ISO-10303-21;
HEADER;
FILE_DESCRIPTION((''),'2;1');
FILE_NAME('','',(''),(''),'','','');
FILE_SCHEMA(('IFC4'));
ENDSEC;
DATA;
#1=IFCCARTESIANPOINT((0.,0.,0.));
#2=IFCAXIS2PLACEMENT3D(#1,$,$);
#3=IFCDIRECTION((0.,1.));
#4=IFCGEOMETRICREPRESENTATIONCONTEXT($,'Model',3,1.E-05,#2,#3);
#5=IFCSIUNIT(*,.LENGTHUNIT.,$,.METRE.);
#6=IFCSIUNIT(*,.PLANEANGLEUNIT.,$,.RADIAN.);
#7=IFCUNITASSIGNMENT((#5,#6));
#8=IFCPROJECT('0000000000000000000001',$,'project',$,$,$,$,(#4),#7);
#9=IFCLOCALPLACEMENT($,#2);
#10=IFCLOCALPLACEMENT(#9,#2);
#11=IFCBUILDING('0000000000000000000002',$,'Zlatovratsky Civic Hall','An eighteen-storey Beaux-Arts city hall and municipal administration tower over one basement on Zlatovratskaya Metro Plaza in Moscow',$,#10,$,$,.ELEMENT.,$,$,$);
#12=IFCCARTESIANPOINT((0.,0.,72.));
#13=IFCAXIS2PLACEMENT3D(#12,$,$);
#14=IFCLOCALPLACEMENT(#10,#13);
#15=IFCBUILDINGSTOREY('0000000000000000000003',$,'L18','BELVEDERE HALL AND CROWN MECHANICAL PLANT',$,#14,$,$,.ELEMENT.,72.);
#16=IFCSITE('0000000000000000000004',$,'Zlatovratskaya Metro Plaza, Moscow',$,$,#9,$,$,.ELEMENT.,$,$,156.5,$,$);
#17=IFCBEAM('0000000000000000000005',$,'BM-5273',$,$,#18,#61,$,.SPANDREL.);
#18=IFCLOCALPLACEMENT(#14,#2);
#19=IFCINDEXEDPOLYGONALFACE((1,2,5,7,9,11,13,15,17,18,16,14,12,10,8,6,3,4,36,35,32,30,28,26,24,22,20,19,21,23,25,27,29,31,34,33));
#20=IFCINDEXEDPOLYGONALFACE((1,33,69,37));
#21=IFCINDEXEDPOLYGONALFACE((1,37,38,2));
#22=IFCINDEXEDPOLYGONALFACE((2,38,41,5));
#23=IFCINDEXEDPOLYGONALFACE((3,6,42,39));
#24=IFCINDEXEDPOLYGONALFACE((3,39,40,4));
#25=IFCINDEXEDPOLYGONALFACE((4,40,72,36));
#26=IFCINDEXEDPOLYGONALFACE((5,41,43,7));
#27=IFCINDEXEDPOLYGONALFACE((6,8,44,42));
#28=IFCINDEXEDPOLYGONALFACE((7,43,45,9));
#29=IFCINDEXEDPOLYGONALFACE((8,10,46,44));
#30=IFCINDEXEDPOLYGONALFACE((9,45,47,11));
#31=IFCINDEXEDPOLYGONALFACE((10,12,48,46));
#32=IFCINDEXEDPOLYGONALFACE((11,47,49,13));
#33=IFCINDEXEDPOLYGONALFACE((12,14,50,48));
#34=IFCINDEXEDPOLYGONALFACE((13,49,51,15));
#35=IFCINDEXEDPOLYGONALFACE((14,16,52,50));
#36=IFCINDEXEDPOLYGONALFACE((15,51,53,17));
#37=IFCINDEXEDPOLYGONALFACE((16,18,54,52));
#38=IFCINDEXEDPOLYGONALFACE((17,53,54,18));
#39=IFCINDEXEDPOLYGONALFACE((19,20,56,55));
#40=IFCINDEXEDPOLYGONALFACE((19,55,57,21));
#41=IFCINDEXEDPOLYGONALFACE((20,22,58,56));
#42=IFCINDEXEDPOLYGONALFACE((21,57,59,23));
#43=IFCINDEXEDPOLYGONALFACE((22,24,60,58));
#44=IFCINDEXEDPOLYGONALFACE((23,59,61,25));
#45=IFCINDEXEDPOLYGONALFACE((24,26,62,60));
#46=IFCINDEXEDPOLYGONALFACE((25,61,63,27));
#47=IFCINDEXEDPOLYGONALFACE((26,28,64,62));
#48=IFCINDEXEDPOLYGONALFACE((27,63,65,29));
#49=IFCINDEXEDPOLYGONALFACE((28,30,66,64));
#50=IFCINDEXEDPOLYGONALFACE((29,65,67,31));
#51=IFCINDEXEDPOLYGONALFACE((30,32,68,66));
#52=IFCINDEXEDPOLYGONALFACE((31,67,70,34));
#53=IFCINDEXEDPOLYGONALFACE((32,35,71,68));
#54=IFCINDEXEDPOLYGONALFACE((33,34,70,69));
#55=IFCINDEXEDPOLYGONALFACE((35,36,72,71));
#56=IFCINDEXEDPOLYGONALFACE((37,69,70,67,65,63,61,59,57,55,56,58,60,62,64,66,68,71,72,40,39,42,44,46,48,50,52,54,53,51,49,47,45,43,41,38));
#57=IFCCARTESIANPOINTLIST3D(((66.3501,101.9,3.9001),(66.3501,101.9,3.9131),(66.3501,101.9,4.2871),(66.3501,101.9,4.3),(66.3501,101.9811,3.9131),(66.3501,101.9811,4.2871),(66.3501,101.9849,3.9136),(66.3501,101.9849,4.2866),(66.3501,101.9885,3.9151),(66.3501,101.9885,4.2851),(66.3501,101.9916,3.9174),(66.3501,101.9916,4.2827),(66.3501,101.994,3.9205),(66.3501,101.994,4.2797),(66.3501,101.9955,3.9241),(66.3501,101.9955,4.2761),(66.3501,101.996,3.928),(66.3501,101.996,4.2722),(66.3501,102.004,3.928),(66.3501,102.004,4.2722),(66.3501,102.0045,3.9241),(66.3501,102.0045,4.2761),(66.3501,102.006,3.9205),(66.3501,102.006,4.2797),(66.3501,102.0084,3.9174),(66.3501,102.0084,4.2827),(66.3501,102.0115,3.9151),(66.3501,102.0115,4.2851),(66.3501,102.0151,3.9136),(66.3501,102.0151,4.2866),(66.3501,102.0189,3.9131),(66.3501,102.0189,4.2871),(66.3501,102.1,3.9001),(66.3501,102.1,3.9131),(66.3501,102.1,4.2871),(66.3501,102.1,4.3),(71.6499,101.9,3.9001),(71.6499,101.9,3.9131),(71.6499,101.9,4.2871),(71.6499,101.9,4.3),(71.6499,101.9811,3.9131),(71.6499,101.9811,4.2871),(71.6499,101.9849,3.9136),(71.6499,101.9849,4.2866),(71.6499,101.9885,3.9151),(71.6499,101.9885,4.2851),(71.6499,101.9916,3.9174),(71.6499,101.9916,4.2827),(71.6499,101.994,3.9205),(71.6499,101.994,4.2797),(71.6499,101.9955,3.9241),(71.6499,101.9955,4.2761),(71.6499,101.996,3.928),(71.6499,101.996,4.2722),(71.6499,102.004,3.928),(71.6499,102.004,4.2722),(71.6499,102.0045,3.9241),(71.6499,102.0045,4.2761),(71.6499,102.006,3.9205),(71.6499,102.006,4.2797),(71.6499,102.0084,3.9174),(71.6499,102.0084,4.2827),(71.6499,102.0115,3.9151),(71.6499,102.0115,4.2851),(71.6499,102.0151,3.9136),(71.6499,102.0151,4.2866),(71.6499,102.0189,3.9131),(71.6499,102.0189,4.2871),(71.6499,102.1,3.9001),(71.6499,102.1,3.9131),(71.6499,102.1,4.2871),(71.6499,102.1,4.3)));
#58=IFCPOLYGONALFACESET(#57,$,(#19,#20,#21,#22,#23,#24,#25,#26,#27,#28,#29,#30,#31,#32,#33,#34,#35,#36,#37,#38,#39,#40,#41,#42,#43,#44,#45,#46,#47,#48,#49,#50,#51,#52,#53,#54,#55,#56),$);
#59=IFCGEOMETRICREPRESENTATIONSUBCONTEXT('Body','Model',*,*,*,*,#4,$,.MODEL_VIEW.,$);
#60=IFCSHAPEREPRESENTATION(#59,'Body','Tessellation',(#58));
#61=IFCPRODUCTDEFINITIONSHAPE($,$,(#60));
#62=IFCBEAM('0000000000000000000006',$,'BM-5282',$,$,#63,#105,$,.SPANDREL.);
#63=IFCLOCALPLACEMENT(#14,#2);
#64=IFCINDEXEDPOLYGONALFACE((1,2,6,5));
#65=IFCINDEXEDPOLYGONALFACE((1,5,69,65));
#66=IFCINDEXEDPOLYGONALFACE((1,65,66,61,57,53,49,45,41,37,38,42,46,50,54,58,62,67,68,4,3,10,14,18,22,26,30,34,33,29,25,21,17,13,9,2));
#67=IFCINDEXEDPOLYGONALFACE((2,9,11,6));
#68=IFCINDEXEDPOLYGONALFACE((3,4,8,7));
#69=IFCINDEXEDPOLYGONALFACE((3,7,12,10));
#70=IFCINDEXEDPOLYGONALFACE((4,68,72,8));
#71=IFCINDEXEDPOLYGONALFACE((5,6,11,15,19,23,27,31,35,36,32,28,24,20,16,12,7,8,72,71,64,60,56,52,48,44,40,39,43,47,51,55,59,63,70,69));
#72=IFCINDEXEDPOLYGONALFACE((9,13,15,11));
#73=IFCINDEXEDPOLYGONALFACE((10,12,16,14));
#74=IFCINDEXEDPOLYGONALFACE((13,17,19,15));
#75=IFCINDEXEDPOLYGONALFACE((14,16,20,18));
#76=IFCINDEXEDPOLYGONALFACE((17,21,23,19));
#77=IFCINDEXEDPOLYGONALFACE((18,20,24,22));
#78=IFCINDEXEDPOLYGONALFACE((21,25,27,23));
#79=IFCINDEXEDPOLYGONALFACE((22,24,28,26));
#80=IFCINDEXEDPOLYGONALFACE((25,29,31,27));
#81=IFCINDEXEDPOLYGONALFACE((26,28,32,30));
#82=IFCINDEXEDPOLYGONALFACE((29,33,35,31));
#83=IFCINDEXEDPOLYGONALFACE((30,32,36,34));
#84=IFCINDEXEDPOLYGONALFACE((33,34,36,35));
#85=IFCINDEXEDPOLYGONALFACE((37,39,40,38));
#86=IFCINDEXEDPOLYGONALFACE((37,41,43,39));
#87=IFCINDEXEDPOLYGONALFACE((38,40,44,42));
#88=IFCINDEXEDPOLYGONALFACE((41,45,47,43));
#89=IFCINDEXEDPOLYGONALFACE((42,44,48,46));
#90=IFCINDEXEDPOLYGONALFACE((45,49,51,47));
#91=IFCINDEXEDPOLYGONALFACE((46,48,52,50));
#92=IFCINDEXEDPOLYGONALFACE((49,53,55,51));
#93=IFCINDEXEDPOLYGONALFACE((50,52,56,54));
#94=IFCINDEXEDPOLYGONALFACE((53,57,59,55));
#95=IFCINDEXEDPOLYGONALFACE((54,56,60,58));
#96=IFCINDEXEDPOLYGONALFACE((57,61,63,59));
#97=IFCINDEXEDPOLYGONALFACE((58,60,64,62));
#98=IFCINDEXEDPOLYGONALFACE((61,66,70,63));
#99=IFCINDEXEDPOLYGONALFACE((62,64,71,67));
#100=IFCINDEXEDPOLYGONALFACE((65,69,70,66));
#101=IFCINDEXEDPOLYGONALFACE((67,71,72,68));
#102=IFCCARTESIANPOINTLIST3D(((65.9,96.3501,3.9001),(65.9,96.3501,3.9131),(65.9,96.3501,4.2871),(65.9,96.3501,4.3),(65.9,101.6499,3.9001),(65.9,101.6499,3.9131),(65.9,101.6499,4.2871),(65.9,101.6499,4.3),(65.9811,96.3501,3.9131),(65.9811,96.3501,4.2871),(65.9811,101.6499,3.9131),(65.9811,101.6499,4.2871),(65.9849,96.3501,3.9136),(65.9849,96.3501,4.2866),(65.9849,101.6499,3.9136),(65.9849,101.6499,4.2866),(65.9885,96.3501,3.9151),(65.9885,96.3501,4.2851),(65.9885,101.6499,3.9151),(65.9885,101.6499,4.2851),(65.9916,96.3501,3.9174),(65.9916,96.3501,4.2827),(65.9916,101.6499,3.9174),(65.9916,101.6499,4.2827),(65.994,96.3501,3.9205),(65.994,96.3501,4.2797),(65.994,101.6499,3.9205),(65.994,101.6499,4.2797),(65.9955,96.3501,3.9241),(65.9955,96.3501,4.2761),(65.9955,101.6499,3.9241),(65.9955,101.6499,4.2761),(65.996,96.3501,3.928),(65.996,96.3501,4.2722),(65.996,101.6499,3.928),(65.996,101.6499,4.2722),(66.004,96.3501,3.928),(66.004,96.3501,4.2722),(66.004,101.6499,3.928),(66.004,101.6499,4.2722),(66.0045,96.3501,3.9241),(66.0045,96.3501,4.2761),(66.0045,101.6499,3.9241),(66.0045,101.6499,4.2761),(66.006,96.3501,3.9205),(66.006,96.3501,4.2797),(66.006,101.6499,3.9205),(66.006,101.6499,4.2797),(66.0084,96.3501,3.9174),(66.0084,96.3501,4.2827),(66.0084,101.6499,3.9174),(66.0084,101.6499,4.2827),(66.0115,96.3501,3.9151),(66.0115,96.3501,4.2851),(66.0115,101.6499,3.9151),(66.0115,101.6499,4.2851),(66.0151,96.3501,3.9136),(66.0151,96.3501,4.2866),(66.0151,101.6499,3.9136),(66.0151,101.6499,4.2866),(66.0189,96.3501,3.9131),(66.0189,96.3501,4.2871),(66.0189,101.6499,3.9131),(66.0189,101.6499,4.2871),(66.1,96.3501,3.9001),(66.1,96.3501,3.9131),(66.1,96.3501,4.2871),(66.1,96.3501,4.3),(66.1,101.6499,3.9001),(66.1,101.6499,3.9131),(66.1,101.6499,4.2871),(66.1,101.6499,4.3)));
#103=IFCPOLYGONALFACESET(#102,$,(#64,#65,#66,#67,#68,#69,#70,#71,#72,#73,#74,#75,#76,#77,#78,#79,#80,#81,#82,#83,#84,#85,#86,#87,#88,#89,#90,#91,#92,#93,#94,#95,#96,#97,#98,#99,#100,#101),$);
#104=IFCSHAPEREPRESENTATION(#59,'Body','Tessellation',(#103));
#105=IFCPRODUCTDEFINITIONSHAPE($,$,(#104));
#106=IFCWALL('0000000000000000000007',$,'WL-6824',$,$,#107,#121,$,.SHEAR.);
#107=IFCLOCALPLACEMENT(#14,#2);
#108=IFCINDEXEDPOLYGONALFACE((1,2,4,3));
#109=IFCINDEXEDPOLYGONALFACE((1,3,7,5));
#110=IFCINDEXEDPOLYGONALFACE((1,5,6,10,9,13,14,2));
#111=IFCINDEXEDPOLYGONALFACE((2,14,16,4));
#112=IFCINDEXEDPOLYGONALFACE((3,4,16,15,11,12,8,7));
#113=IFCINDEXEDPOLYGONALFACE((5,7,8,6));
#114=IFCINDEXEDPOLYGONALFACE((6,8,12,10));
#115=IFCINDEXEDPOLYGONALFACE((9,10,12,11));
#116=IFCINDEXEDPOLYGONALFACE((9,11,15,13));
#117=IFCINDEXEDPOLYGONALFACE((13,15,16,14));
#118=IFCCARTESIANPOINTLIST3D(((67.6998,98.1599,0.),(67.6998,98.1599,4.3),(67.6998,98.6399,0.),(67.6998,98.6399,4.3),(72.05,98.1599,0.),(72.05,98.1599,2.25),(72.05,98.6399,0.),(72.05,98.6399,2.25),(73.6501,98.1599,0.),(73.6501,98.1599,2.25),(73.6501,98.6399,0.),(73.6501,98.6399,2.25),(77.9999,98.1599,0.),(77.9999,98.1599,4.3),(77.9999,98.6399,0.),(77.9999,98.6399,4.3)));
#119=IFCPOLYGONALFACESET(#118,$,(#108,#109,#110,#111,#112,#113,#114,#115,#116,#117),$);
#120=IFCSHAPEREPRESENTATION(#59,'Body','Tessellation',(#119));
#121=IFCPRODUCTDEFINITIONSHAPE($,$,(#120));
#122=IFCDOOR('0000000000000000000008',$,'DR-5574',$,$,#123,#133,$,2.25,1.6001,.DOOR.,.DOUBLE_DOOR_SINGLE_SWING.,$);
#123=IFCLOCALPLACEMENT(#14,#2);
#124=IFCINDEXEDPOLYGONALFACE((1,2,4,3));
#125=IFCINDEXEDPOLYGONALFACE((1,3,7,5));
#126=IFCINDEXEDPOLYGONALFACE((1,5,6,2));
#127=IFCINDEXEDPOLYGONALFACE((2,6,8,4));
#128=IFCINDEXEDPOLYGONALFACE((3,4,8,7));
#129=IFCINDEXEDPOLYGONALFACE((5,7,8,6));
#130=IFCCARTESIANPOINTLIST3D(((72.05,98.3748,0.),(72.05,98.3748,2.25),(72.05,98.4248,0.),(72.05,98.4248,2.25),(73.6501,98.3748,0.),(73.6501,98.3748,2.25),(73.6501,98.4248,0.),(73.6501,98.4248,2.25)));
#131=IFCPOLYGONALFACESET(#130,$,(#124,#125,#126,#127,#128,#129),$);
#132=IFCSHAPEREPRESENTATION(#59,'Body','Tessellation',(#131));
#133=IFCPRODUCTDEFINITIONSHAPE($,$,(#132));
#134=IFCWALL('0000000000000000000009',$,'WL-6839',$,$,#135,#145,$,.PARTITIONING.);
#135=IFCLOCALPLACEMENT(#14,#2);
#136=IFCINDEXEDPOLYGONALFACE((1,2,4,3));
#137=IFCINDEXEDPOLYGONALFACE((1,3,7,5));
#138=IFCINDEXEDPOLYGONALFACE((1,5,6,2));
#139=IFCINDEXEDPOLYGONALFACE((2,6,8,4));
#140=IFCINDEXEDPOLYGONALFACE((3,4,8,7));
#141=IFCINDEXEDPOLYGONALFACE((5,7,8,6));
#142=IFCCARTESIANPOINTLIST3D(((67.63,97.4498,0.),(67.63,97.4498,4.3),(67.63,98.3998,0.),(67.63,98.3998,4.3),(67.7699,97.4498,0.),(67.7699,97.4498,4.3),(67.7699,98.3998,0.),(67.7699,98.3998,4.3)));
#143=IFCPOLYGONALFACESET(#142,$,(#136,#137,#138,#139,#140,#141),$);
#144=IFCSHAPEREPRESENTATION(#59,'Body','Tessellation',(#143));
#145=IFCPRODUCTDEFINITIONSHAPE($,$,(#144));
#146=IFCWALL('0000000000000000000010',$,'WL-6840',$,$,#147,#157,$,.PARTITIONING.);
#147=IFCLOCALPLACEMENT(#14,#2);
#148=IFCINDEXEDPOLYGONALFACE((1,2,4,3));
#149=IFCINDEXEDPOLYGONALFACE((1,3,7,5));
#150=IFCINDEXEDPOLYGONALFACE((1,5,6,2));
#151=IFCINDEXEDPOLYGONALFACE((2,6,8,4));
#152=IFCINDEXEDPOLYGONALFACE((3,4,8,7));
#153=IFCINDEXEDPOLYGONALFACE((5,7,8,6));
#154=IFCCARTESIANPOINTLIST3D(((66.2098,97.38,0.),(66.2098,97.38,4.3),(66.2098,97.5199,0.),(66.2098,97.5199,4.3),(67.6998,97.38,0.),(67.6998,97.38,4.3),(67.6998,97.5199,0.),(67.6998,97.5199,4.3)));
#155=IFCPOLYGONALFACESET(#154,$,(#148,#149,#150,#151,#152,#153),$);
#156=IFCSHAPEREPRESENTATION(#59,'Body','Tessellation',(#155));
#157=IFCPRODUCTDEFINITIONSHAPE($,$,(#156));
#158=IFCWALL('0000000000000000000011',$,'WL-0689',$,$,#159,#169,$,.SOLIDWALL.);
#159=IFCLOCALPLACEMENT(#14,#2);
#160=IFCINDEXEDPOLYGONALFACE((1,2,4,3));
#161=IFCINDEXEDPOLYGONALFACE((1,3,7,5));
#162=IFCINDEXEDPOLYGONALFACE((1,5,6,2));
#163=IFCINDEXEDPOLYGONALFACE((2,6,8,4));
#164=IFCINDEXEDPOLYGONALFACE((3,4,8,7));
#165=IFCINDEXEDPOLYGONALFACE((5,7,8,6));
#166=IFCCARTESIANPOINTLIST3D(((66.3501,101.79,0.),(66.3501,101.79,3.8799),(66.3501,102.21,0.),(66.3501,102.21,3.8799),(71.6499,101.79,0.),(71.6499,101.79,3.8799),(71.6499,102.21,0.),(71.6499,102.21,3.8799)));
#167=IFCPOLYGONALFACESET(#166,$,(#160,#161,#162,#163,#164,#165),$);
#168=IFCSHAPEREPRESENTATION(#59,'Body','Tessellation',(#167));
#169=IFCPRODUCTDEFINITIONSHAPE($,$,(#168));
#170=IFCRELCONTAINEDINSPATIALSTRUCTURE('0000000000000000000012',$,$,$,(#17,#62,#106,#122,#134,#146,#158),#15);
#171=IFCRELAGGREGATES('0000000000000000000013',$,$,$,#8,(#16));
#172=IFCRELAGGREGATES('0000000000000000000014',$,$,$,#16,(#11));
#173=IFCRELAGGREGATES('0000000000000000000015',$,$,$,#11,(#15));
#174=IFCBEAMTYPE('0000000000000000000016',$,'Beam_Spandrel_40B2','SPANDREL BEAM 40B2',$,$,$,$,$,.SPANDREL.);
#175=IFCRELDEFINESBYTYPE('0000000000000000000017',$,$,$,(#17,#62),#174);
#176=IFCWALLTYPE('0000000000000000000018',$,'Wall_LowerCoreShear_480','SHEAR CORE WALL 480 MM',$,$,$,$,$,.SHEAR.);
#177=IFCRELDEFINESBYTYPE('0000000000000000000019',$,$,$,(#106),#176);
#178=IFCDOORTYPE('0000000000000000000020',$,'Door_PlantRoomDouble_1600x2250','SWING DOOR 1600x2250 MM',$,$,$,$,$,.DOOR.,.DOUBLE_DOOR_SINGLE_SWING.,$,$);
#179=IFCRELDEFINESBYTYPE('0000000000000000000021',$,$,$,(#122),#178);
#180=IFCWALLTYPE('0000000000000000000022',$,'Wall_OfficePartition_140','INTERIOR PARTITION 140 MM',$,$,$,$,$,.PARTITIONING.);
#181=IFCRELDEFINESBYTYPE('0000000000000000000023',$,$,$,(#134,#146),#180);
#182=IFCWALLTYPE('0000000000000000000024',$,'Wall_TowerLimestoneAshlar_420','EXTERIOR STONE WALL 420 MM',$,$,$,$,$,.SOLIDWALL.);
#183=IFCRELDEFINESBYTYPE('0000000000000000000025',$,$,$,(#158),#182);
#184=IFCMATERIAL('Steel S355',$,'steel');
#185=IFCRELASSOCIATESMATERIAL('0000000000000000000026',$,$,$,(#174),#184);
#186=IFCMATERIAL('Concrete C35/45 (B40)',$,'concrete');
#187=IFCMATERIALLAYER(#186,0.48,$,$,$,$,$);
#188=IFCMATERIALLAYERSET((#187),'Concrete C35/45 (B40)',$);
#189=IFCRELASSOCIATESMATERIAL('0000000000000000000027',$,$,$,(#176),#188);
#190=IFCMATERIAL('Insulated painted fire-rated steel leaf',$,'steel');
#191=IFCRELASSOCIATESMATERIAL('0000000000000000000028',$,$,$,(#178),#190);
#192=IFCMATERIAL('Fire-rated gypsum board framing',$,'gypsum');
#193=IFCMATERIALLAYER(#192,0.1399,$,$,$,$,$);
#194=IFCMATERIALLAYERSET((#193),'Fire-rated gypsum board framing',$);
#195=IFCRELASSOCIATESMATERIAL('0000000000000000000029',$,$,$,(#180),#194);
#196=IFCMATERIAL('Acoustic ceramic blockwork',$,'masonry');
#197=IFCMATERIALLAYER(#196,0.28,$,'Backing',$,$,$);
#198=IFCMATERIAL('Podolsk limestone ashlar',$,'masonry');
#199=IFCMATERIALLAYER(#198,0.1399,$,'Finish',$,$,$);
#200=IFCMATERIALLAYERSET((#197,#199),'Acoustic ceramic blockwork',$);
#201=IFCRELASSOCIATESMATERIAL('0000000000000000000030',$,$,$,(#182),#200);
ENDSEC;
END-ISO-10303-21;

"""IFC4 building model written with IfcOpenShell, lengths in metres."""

from ifc_helpers import new_model, si_unit, direction, frame, frame_2d, origin, origin_2d, place, context, subcontext, project, spatial, rectangle, i_section, extrude, material, layer, layer_set, material_profile, profile_set, type_object, element, fill, save


model = new_model("IFC4")

# Units and contexts
model_context = context("Model", 3, precision=1e-05, world=origin(), true_north=direction((0.0, 1.0)))
body_context = subcontext(model_context, "Body", "Model", "MODEL_VIEW")
ifc_project = project(units=[si_unit("LENGTHUNIT", "METRE"), si_unit("PLANEANGLEUNIT", "RADIAN")], contexts=[model_context])

# Site, building, storey
site_placement = place(None, origin())
site = spatial("IfcSite", under=ifc_project, at=site_placement, Name="Zlatovratskaya Metro Plaza, Moscow", CompositionType="ELEMENT", RefElevation=156.5)
building_placement = place(site_placement, origin())
building = spatial("IfcBuilding", under=site, at=building_placement, Name="Zlatovratsky Civic Hall", Description="An eighteen-storey Beaux-Arts city hall and municipal administration tower over one basement on Zlatovratskaya Metro Plaza in Moscow", CompositionType="ELEMENT")
storey_placement = place(building_placement, frame((0.0, 0.0, 72.0)))
storey = spatial("IfcBuildingStorey", under=building, at=storey_placement, Name="L18", Description="BELVEDERE HALL AND CROWN MECHANICAL PLANT", CompositionType="ELEMENT", Elevation=72.0)

# Shared definitions
ifc_material_1 = material(Name="Concrete C35/45 (B40)", Category="concrete")

# Beams
ifc_material_2 = material(Name="Steel S355", Category="steel")
ifc_material_profile_1 = material_profile(ifc_material_2, i_section(OverallWidth=0.2, OverallDepth=0.3999, WebThickness=0.0081, FlangeThickness=0.0129, FilletRadius=0.0149, at=origin_2d()), Name="40B2")
ifc_profile_set_1 = profile_set([ifc_material_profile_1], Name="Steel S355")
beam_type_1 = type_object("IfcBeamType", Name="Beam_Spandrel_40B2", Description="SPANDREL BEAM 40B2", PredefinedType="SPANDREL", material=ifc_profile_set_1)
for number, where, z_axis, x_axis, name in (
    (1, (66.3501, 102.0, 4.1001), (1.0, 0.0, 0.0), (0.0, 1.0, 0.0), "BM-5273"),
    (2, (66.0, 96.3501, 4.1001), (0.0, 1.0, 0.0), (-1.0, 0.0, 0.0), "BM-5282"),
):
    element("IfcBeam", number, at=place(storey_placement, frame(where, z_axis=z_axis, x_axis=x_axis)), inside=storey, type_object=beam_type_1, Name=name, PredefinedType="SPANDREL", context=body_context, shape_type="SweptSolid", body=[
        extrude(i_section(OverallWidth=0.2, OverallDepth=0.3999, WebThickness=0.0081, FlangeThickness=0.0129, FilletRadius=0.0149, at=origin_2d()), origin(), (0.0, 0.0, 1.0), 5.2998),
    ])

# Wall, opening, door
ifc_layer_1 = layer(ifc_material_1, 0.48)
ifc_layer_set_1 = layer_set([ifc_layer_1], Name="Concrete C35/45 (B40)")
wall_type_1 = type_object("IfcWallType", Name="Wall_LowerCoreShear_480", Description="SHEAR CORE WALL 480 MM", PredefinedType="SHEAR", material=ifc_layer_set_1)
wall_1_placement = place(storey_placement, frame((67.7, 98.3999, 0.0), z_axis=(0.0, 0.0, 1.0), x_axis=(1.0, 0.0, 0.0)))
wall_1 = element("IfcWall", 3, at=wall_1_placement, inside=storey, type_object=wall_type_1, Name="WL-6824", PredefinedType="SHEAR", context=body_context, shape_type="SweptSolid", body=[
    extrude(rectangle(XDim=10.3, YDim=0.48, at=frame_2d((5.1499, 0.0))), origin(), (0.0, 0.0, 1.0), 4.3),
])
opening_1_placement = place(wall_1_placement, frame((4.3501, 0.0, 0.0)))
opening_1 = element("IfcOpeningElement", 4, at=opening_1_placement, cuts=wall_1, PredefinedType="OPENING", context=body_context, shape_type="SweptSolid", body=[
    extrude(rectangle(XDim=1.6001, YDim=2.25, at=frame_2d((0.8, 1.125))), frame((0.0, 0.2549, 0.0), z_axis=(0.0, -1.0, 0.0), x_axis=(1.0, 0.0, 0.0)), (0.0, 0.0, 1.0), 0.5098),
])
ifc_material_3 = material(Name="Insulated painted fire-rated steel leaf", Category="steel")
door_type = type_object("IfcDoorType", Name="Door_PlantRoomDouble_1600x2250", Description="SWING DOOR 1600x2250 MM", OperationType="DOUBLE_DOOR_SINGLE_SWING", PredefinedType="DOOR", material=ifc_material_3)
door_placement = place(opening_1_placement, origin())
door = element("IfcDoor", 5, at=door_placement, inside=storey, type_object=door_type, Name="DR-5574", OperationType="DOUBLE_DOOR_SINGLE_SWING", OverallHeight=2.25, OverallWidth=1.6001, PredefinedType="DOOR", context=body_context, shape_type="SweptSolid", body=[
    extrude(rectangle(XDim=1.6001, YDim=2.25, at=frame_2d((0.8, 1.125))), frame((0.0, 0.0249, 0.0), z_axis=(0.0, -1.0, 0.0), x_axis=(1.0, 0.0, 0.0)), (0.0, 0.0, 1.0), 0.05),
])
fill(opening_1, door)

# Walls
ifc_material_4 = material(Name="Fire-rated gypsum board framing", Category="gypsum")
ifc_layer_2 = layer(ifc_material_4, 0.1399)
ifc_layer_set_2 = layer_set([ifc_layer_2], Name="Fire-rated gypsum board framing")
wall_type_2 = type_object("IfcWallType", Name="Wall_OfficePartition_140", Description="INTERIOR PARTITION 140 MM", PredefinedType="PARTITIONING", material=ifc_layer_set_2)
wall_2_placement = place(storey_placement, frame((67.7, 98.3999, 0.0), z_axis=(0.0, 0.0, 1.0), x_axis=(0.0, -1.0, 0.0)))
element("IfcWall", 6, at=wall_2_placement, inside=storey, type_object=wall_type_2, Name="WL-6839", PredefinedType="PARTITIONING", context=body_context, shape_type="SweptSolid", body=[
    extrude(rectangle(XDim=0.95, YDim=0.1399, at=frame_2d((0.4751, 0.0))), origin(), (0.0, 0.0, 1.0), 4.3),
])
wall_3_placement = place(storey_placement, frame((67.7, 97.45, 0.0), z_axis=(0.0, 0.0, 1.0), x_axis=(-1.0, 0.0, 0.0)))
element("IfcWall", 7, at=wall_3_placement, inside=storey, type_object=wall_type_2, Name="WL-6840", PredefinedType="PARTITIONING", context=body_context, shape_type="SweptSolid", body=[
    extrude(rectangle(XDim=1.49, YDim=0.1399, at=frame_2d((0.7451, 0.0))), origin(), (0.0, 0.0, 1.0), 4.3),
])
ifc_material_5 = material(Name="Acoustic ceramic blockwork", Category="masonry")
ifc_layer_3 = layer(ifc_material_5, 0.28, Name="Backing")
ifc_material_6 = material(Name="Podolsk limestone ashlar", Category="masonry")
ifc_layer_4 = layer(ifc_material_6, 0.1399, Name="Finish")
ifc_layer_set_3 = layer_set([ifc_layer_3, ifc_layer_4], Name="Acoustic ceramic blockwork")
wall_type_3 = type_object("IfcWallType", Name="Wall_TowerLimestoneAshlar_420", Description="EXTERIOR STONE WALL 420 MM", PredefinedType="SOLIDWALL", material=ifc_layer_set_3)
wall_4_placement = place(storey_placement, frame((66.3501, 102.0, 0.0), z_axis=(0.0, 0.0, 1.0), x_axis=(1.0, 0.0, 0.0)))
element("IfcWall", 8, at=wall_4_placement, inside=storey, type_object=wall_type_3, Name="WL-0689", PredefinedType="SOLIDWALL", context=body_context, shape_type="SweptSolid", body=[
    extrude(rectangle(XDim=5.2998, YDim=0.4199, at=frame_2d((2.6499, 0.0))), origin(), (0.0, 0.0, 1.0), 3.8799),
])

save(model, "model.ifc")
